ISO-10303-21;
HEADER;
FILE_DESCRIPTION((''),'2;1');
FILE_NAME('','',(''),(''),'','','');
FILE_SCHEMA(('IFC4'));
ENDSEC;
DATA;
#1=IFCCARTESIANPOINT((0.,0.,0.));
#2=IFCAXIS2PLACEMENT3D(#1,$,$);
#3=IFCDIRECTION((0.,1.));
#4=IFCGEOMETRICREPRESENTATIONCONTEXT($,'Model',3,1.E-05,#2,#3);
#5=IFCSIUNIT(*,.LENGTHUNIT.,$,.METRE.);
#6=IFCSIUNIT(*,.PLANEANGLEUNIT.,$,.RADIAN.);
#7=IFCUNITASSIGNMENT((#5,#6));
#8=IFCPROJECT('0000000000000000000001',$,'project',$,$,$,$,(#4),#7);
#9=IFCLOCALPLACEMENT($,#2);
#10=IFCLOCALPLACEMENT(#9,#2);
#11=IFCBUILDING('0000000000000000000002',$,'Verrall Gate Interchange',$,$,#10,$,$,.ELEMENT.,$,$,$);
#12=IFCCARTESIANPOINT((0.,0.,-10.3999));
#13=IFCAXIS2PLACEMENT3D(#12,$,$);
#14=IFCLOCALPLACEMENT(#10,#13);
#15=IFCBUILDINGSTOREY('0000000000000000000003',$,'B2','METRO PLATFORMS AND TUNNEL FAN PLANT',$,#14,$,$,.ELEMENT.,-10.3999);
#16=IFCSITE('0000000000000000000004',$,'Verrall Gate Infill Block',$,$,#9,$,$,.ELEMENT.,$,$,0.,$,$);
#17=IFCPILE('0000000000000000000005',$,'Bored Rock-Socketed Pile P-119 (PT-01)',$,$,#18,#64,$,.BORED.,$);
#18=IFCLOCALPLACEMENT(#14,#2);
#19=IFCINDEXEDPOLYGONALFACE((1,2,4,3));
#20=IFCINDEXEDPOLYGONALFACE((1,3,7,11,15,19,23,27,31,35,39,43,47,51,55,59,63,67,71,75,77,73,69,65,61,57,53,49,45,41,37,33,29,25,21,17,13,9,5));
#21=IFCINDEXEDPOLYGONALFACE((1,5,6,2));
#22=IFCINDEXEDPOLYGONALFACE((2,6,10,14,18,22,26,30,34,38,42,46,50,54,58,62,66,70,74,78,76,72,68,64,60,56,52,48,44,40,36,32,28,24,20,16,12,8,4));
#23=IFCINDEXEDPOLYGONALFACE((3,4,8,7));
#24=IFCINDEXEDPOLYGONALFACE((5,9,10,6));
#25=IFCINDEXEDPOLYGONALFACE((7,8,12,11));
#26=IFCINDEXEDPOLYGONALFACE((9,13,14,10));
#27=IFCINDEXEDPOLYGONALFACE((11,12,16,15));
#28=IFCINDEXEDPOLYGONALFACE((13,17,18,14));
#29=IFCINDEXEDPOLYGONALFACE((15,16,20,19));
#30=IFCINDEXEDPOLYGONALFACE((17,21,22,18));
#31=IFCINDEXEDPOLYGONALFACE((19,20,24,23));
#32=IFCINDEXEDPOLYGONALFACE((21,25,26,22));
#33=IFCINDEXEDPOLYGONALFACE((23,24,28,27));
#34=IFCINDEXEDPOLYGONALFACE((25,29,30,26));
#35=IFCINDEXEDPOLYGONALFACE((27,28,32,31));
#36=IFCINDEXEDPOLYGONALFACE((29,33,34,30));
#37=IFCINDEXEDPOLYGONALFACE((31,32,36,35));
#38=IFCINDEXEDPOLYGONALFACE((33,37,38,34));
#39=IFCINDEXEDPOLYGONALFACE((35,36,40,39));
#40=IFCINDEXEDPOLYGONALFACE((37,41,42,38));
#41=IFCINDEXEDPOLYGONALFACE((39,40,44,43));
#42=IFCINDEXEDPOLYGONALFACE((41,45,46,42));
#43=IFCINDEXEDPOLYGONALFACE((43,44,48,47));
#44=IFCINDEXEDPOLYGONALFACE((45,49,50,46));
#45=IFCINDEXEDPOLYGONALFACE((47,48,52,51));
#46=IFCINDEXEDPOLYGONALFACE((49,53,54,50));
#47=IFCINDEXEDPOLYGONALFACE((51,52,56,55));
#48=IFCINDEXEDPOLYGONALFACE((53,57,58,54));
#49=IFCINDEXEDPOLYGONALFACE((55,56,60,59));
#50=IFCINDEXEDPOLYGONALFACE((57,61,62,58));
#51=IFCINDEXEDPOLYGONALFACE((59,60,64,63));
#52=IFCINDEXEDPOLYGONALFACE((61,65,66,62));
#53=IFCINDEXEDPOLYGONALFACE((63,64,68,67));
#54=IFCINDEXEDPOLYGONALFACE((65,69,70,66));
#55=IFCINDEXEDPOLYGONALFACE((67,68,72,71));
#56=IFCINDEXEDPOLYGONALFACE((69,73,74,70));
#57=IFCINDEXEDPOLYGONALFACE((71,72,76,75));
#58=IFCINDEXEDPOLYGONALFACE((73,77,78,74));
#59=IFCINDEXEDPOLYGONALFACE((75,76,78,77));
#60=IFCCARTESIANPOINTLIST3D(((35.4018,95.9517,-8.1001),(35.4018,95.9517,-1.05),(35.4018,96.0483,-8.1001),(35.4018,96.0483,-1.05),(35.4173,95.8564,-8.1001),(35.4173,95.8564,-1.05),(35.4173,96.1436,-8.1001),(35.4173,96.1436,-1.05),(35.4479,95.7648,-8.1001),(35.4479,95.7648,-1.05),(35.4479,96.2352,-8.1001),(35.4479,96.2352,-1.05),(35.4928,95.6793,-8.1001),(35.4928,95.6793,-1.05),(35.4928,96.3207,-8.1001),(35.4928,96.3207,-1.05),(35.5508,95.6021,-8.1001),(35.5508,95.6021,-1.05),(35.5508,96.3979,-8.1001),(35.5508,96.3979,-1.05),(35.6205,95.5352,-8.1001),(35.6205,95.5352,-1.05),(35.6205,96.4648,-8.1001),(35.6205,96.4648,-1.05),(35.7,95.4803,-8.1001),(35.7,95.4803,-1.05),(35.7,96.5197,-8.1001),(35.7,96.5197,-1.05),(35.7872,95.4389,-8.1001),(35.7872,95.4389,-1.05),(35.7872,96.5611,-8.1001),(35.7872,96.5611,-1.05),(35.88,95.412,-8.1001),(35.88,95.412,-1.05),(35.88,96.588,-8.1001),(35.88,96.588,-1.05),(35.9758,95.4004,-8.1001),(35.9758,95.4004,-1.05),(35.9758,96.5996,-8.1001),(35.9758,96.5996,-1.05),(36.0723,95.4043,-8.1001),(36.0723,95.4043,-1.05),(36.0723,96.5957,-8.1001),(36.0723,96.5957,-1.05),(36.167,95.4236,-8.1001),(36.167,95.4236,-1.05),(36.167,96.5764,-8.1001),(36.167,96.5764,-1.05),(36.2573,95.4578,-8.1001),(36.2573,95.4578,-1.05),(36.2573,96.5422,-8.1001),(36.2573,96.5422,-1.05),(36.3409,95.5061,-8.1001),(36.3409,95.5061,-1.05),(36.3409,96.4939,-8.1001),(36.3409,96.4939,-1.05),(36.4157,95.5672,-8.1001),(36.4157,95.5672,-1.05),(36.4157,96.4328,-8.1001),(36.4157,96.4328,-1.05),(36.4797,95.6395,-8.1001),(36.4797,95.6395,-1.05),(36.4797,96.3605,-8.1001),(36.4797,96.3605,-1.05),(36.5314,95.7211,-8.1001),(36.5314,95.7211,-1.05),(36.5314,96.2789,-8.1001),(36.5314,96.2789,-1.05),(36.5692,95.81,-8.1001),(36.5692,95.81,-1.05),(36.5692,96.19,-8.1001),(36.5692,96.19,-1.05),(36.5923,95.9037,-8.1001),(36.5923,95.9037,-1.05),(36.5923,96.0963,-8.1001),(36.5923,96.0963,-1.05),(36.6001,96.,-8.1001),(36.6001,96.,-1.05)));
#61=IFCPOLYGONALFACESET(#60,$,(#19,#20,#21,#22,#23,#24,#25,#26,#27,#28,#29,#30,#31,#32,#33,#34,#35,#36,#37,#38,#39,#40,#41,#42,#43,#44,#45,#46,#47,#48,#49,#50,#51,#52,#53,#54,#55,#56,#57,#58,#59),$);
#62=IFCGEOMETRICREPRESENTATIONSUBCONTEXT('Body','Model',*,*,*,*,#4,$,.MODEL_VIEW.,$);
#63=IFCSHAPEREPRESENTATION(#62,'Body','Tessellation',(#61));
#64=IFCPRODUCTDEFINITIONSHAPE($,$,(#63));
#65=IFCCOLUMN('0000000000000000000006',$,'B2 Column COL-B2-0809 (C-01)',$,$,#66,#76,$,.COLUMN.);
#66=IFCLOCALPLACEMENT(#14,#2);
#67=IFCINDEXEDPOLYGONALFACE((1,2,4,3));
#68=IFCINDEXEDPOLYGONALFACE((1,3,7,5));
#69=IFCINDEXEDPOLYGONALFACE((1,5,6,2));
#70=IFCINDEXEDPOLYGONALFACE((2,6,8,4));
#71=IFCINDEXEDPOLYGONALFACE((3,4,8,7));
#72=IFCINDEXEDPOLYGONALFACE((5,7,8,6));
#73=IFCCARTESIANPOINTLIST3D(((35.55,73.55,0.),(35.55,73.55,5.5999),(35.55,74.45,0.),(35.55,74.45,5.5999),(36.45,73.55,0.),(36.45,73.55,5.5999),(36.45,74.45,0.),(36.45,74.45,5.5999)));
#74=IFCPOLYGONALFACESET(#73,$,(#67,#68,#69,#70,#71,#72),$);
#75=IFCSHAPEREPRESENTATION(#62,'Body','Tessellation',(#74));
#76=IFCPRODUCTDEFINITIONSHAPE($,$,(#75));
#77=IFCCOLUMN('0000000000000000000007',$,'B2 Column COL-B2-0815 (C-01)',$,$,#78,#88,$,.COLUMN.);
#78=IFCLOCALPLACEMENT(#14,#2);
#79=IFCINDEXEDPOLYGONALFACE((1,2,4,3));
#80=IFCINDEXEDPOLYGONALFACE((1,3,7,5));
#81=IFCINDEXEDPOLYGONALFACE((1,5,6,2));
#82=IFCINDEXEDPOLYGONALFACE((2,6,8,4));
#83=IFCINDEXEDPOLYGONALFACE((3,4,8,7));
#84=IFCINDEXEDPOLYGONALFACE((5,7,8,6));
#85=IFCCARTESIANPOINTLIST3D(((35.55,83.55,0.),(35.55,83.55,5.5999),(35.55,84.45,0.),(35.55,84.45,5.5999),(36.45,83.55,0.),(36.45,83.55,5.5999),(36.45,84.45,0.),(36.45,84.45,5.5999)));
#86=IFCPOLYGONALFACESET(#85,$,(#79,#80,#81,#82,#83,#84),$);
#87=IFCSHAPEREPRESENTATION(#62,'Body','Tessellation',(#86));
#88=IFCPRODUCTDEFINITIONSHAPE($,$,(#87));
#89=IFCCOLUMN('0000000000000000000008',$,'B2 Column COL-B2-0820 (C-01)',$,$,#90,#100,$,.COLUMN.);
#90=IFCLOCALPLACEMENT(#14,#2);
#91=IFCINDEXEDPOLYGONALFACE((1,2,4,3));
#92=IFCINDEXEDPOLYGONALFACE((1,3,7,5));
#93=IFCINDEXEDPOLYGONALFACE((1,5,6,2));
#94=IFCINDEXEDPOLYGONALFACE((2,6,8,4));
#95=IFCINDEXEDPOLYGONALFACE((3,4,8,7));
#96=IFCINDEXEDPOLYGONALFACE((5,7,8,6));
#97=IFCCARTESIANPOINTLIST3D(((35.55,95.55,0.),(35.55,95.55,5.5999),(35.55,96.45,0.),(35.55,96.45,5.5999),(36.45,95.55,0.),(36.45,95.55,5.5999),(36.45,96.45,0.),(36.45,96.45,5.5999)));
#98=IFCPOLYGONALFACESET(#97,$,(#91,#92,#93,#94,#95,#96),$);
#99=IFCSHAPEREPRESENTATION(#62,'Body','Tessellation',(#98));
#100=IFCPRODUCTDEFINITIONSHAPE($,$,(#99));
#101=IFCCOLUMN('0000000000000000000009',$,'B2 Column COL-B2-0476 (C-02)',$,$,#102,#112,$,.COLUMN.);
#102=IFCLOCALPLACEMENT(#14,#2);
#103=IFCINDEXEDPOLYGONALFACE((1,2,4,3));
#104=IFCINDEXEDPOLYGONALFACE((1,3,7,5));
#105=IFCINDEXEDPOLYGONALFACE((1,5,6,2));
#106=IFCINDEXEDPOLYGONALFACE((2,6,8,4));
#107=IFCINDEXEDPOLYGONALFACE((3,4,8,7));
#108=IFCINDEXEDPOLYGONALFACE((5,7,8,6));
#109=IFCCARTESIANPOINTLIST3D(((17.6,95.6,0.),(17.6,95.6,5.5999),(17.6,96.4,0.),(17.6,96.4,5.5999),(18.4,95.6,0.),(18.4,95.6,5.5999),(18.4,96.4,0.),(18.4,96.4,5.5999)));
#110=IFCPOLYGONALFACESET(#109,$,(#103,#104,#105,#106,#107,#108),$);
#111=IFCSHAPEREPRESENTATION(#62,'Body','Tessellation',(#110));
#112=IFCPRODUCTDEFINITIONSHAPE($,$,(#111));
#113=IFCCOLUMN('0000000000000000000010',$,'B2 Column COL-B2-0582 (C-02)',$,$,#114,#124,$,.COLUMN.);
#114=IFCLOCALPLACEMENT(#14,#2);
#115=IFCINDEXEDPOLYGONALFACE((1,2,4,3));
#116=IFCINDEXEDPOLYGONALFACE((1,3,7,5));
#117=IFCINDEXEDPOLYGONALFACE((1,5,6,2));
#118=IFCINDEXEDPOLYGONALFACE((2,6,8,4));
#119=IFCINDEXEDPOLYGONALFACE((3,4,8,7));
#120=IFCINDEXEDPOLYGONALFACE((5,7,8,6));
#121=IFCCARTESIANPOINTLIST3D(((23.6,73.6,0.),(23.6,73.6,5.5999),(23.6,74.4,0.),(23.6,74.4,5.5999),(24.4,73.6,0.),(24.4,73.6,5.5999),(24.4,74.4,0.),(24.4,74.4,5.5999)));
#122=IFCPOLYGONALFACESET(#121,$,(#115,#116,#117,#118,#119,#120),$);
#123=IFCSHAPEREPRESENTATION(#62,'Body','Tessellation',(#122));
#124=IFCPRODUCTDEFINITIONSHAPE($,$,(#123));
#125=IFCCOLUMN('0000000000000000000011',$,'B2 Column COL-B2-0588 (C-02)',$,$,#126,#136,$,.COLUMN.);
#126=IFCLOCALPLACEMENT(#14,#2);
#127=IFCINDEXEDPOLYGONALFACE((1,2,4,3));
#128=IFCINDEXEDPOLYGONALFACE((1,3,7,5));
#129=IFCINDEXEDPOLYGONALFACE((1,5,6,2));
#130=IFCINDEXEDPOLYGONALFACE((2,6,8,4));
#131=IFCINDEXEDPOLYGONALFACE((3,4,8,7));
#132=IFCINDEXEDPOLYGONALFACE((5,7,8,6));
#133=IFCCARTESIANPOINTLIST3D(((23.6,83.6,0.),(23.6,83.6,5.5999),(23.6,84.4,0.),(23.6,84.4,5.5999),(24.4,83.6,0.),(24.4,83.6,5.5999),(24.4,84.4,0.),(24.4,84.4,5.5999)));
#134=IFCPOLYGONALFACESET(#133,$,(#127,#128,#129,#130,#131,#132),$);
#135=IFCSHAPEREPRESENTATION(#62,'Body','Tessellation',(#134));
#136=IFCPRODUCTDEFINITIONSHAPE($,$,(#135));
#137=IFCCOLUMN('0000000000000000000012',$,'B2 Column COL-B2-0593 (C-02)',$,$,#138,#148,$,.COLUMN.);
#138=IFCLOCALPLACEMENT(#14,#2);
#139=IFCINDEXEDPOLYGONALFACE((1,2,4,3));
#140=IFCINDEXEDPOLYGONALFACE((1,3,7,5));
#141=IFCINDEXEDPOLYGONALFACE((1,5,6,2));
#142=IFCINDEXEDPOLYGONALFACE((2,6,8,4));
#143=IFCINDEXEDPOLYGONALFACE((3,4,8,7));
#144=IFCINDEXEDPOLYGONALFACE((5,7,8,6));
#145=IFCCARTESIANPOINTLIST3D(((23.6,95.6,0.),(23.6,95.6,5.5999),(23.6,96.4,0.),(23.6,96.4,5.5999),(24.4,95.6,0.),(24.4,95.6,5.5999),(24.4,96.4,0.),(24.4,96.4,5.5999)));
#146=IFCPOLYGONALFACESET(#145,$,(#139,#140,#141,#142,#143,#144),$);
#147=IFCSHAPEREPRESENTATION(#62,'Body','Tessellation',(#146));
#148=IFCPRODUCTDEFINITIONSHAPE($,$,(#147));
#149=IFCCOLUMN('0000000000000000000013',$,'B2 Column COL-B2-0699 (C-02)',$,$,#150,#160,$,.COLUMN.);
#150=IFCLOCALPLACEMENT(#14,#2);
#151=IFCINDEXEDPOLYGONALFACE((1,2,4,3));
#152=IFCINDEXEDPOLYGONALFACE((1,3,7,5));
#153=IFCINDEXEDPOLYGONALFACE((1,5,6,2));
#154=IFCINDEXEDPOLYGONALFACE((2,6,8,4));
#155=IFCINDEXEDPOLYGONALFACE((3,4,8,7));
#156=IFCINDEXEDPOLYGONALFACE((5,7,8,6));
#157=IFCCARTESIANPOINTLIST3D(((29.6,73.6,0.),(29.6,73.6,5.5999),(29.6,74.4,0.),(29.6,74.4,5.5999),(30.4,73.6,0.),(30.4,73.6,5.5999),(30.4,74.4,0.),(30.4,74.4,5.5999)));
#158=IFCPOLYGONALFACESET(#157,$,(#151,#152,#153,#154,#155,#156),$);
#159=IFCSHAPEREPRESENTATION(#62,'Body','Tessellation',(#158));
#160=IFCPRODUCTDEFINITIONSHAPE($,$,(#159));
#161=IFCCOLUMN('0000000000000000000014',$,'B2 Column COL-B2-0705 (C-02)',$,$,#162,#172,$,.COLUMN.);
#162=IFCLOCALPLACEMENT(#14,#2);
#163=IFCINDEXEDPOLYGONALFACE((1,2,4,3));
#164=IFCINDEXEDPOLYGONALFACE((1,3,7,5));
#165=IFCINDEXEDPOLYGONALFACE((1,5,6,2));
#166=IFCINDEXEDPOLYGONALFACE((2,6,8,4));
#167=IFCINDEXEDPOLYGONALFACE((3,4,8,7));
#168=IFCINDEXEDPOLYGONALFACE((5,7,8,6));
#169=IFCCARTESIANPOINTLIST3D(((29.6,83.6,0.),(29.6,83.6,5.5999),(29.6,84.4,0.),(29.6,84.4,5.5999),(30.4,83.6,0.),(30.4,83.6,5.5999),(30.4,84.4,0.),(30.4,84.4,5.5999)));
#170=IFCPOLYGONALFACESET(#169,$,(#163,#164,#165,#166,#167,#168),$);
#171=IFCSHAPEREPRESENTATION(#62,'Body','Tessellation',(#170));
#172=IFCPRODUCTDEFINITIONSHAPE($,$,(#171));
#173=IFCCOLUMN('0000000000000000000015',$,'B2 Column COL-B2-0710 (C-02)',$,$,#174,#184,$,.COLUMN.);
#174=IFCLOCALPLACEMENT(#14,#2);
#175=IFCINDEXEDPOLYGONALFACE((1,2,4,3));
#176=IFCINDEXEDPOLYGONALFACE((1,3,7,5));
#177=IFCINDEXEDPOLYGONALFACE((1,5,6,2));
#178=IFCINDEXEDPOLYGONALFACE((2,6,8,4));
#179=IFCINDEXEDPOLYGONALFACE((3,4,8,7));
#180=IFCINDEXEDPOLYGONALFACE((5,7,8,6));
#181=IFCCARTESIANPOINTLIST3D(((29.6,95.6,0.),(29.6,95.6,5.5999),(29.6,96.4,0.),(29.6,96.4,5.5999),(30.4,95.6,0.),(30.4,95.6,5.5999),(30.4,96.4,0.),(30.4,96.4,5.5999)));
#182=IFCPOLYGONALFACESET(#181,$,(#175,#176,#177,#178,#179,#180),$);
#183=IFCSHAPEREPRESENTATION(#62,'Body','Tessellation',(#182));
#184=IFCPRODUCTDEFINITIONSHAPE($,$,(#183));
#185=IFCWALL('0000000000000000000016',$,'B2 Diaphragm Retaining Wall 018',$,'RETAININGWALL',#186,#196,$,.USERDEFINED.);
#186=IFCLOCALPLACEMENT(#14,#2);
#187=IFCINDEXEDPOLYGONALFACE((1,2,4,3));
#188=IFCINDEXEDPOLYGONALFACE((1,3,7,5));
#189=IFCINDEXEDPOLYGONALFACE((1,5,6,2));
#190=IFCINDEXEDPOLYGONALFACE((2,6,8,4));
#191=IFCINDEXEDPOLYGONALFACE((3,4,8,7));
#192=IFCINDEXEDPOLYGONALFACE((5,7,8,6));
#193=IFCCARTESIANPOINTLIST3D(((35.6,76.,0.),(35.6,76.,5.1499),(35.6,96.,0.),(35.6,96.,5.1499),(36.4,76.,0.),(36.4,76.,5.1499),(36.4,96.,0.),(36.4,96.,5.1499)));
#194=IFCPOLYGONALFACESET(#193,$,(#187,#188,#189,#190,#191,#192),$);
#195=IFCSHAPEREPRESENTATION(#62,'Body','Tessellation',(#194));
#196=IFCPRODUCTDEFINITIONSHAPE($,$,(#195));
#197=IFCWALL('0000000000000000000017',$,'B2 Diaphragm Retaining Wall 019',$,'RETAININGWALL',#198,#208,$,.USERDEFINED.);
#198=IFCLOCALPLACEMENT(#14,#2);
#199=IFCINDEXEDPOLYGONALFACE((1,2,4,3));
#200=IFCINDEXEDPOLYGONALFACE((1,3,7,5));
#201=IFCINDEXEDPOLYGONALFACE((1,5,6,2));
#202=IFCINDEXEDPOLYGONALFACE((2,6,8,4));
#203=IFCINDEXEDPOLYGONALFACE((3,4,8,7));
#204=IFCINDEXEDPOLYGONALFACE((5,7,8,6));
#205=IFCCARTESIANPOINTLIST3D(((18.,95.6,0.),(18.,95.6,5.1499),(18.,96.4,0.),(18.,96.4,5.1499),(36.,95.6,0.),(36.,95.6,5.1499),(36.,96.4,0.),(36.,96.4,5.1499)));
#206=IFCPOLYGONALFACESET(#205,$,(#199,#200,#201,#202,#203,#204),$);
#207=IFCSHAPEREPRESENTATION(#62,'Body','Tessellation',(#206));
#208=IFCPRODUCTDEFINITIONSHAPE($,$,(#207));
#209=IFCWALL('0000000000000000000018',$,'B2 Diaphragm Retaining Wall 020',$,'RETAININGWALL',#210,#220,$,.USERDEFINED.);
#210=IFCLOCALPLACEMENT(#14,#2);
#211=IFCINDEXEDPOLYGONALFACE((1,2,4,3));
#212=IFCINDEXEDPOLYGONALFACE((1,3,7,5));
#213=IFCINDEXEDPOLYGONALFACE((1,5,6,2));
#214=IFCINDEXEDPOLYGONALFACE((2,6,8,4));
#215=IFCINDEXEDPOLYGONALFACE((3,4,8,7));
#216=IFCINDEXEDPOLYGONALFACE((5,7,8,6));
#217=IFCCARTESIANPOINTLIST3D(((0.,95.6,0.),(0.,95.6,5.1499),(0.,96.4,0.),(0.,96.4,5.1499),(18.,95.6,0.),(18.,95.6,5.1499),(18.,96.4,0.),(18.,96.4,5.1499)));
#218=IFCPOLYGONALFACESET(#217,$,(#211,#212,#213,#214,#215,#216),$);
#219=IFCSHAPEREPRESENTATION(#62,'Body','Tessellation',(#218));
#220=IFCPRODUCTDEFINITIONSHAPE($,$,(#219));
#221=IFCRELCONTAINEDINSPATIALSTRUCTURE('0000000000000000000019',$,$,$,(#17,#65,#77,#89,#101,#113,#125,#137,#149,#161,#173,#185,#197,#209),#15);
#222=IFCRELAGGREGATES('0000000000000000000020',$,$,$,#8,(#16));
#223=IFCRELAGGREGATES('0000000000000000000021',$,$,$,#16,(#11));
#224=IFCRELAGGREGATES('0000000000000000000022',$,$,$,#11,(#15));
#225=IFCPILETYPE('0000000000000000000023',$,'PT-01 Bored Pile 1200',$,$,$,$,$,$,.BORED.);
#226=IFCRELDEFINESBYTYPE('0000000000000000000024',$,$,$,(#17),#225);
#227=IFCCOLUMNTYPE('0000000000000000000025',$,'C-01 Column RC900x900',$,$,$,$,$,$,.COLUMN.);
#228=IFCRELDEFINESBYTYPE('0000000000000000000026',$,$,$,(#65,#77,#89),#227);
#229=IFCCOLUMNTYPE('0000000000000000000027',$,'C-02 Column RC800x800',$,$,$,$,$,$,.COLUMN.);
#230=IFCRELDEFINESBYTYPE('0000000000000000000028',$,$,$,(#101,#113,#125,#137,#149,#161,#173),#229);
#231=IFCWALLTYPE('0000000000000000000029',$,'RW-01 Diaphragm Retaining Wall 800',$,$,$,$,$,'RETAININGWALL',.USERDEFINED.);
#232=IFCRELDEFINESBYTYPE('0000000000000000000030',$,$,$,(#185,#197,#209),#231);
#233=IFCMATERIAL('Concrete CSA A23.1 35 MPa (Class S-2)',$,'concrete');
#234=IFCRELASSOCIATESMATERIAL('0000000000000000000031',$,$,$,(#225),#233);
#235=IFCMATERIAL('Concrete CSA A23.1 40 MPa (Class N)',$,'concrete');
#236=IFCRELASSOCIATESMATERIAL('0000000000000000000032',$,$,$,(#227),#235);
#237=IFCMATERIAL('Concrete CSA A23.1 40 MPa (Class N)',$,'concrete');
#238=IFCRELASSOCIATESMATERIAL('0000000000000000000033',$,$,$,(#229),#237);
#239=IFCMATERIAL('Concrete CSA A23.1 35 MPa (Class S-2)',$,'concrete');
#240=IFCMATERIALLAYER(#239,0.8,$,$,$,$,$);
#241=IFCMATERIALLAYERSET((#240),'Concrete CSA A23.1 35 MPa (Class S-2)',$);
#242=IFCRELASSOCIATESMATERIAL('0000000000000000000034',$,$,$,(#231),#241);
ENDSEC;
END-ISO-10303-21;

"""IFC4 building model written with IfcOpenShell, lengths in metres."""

from ifc_helpers import new_model, si_unit, direction, frame, frame_2d, origin, origin_2d, place, context, subcontext, project, spatial, rectangle, circle, extrude, material, layer, layer_set, material_profile, profile_set, type_object, element, save


model = new_model("IFC4")

# Units and contexts
model_context = context("Model", 3, precision=1e-05, world=origin(), true_north=direction((0.0, 1.0)))
body_context = subcontext(model_context, "Body", "Model", "MODEL_VIEW")
ifc_project = project(units=[si_unit("LENGTHUNIT", "METRE"), si_unit("PLANEANGLEUNIT", "RADIAN")], contexts=[model_context])

# Site, building, storey
site_placement = place(None, origin())
site = spatial("IfcSite", under=ifc_project, at=site_placement, Name="Verrall Gate Infill Block", CompositionType="ELEMENT", RefElevation=0.0)
building_placement = place(site_placement, origin())
building = spatial("IfcBuilding", under=site, at=building_placement, Name="Verrall Gate Interchange", CompositionType="ELEMENT")
storey_placement = place(building_placement, frame((0.0, 0.0, -10.3999)))
storey = spatial("IfcBuildingStorey", under=building, at=storey_placement, Name="B2", Description="METRO PLATFORMS AND TUNNEL FAN PLANT", CompositionType="ELEMENT", Elevation=-10.3999)

# Pile
ifc_material_1 = material(Name="Concrete CSA A23.1 35 MPa (Class S-2)", Category="concrete")
ifc_material_profile_1 = material_profile(ifc_material_1, circle(Radius=0.6001, at=origin_2d()), Name="PILE1200D")
ifc_profile_set_1 = profile_set([ifc_material_profile_1], Name="Concrete CSA A23.1 35 MPa (Class S-2)")
pile_type = type_object("IfcPileType", Name="PT-01 Bored Pile 1200", PredefinedType="BORED", material=ifc_profile_set_1)
for number, where, z_axis, x_axis, name in (
    (1, (36.0, 96.0, -1.05), (0.0, 0.0, -1.0), (1.0, 0.0, 0.0), "Bored Rock-Socketed Pile P-119 (PT-01)"),
):
    element("IfcPile", number, at=place(storey_placement, frame(where, z_axis=z_axis, x_axis=x_axis)), inside=storey, type_object=pile_type, Name=name, PredefinedType="BORED", context=body_context, shape_type="SweptSolid", body=[
        extrude(circle(Radius=0.6001, at=origin_2d()), origin(), (0.0, 0.0, 1.0), 7.05),
    ])

# Columns
ifc_material_2 = material(Name="Concrete CSA A23.1 40 MPa (Class N)", Category="concrete")
ifc_material_profile_2 = material_profile(ifc_material_2, rectangle(XDim=0.8999, YDim=0.8999, at=origin_2d()), Name="RC900x900")
ifc_profile_set_2 = profile_set([ifc_material_profile_2], Name="Concrete CSA A23.1 40 MPa (Class N)")
column_type_1 = type_object("IfcColumnType", Name="C-01 Column RC900x900", PredefinedType="COLUMN", material=ifc_profile_set_2)
for number, where, z_axis, x_axis, name in (
    (2, (36.0, 74.0, 0.0), (0.0, 0.0, 1.0), (1.0, 0.0, 0.0), "B2 Column COL-B2-0809 (C-01)"),
    (3, (36.0, 84.0, 0.0), (0.0, 0.0, 1.0), (1.0, 0.0, 0.0), "B2 Column COL-B2-0815 (C-01)"),
    (4, (36.0, 96.0, 0.0), (0.0, 0.0, 1.0), (1.0, 0.0, 0.0), "B2 Column COL-B2-0820 (C-01)"),
):
    element("IfcColumn", number, at=place(storey_placement, frame(where, z_axis=z_axis, x_axis=x_axis)), inside=storey, type_object=column_type_1, Name=name, PredefinedType="COLUMN", context=body_context, shape_type="SweptSolid", body=[
        extrude(rectangle(XDim=0.8999, YDim=0.8999, at=origin_2d()), origin(), (0.0, 0.0, 1.0), 5.5999),
    ])
ifc_material_3 = material(Name="Concrete CSA A23.1 40 MPa (Class N)", Category="concrete")
ifc_material_profile_3 = material_profile(ifc_material_3, rectangle(XDim=0.8, YDim=0.8, at=origin_2d()), Name="RC800x800")
ifc_profile_set_3 = profile_set([ifc_material_profile_3], Name="Concrete CSA A23.1 40 MPa (Class N)")
column_type_2 = type_object("IfcColumnType", Name="C-02 Column RC800x800", PredefinedType="COLUMN", material=ifc_profile_set_3)
for number, where, z_axis, x_axis, name in (
    (5, (18.0, 96.0, 0.0), (0.0, 0.0, 1.0), (1.0, 0.0, 0.0), "B2 Column COL-B2-0476 (C-02)"),
    (6, (24.0, 74.0, 0.0), (0.0, 0.0, 1.0), (1.0, 0.0, 0.0), "B2 Column COL-B2-0582 (C-02)"),
    (7, (24.0, 84.0, 0.0), (0.0, 0.0, 1.0), (1.0, 0.0, 0.0), "B2 Column COL-B2-0588 (C-02)"),
    (8, (24.0, 96.0, 0.0), (0.0, 0.0, 1.0), (1.0, 0.0, 0.0), "B2 Column COL-B2-0593 (C-02)"),
    (9, (30.0, 74.0, 0.0), (0.0, 0.0, 1.0), (1.0, 0.0, 0.0), "B2 Column COL-B2-0699 (C-02)"),
    (10, (30.0, 84.0, 0.0), (0.0, 0.0, 1.0), (1.0, 0.0, 0.0), "B2 Column COL-B2-0705 (C-02)"),
    (11, (30.0, 96.0, 0.0), (0.0, 0.0, 1.0), (1.0, 0.0, 0.0), "B2 Column COL-B2-0710 (C-02)"),
):
    element("IfcColumn", number, at=place(storey_placement, frame(where, z_axis=z_axis, x_axis=x_axis)), inside=storey, type_object=column_type_2, Name=name, PredefinedType="COLUMN", context=body_context, shape_type="SweptSolid", body=[
        extrude(rectangle(XDim=0.8, YDim=0.8, at=origin_2d()), origin(), (0.0, 0.0, 1.0), 5.5999),
    ])

# Walls
ifc_material_4 = material(Name="Concrete CSA A23.1 35 MPa (Class S-2)", Category="concrete")
ifc_layer_1 = layer(ifc_material_4, 0.8)
ifc_layer_set_1 = layer_set([ifc_layer_1], Name="Concrete CSA A23.1 35 MPa (Class S-2)")
wall_type_1 = type_object("IfcWallType", Name="RW-01 Diaphragm Retaining Wall 800", ElementType="RETAININGWALL", PredefinedType="USERDEFINED", material=ifc_layer_set_1)
wall_1_placement = place(storey_placement, frame((36.0, 76.0, 0.0), z_axis=(0.0, 0.0, 1.0), x_axis=(0.0, 1.0, 0.0)))
element("IfcWall", 12, at=wall_1_placement, inside=storey, type_object=wall_type_1, Name="B2 Diaphragm Retaining Wall 018", ObjectType="RETAININGWALL", PredefinedType="USERDEFINED", context=body_context, shape_type="SweptSolid", body=[
    extrude(rectangle(XDim=20.0, YDim=0.8, at=frame_2d((10.0, 0.0))), origin(), (0.0, 0.0, 1.0), 5.1499),
])
for number, where, z_axis, x_axis, name in (
    (13, (36.0, 96.0, 0.0), (0.0, 0.0, 1.0), (-1.0, 0.0, 0.0), "B2 Diaphragm Retaining Wall 019"),
    (14, (18.0, 96.0, 0.0), (0.0, 0.0, 1.0), (-1.0, 0.0, 0.0), "B2 Diaphragm Retaining Wall 020"),
):
    element("IfcWall", number, at=place(storey_placement, frame(where, z_axis=z_axis, x_axis=x_axis)), inside=storey, type_object=wall_type_1, Name=name, ObjectType="RETAININGWALL", PredefinedType="USERDEFINED", context=body_context, shape_type="SweptSolid", body=[
        extrude(rectangle(XDim=18.0, YDim=0.8, at=frame_2d((9.0, 0.0))), origin(), (0.0, 0.0, 1.0), 5.1499),
    ])

save(model, "model.ifc")
